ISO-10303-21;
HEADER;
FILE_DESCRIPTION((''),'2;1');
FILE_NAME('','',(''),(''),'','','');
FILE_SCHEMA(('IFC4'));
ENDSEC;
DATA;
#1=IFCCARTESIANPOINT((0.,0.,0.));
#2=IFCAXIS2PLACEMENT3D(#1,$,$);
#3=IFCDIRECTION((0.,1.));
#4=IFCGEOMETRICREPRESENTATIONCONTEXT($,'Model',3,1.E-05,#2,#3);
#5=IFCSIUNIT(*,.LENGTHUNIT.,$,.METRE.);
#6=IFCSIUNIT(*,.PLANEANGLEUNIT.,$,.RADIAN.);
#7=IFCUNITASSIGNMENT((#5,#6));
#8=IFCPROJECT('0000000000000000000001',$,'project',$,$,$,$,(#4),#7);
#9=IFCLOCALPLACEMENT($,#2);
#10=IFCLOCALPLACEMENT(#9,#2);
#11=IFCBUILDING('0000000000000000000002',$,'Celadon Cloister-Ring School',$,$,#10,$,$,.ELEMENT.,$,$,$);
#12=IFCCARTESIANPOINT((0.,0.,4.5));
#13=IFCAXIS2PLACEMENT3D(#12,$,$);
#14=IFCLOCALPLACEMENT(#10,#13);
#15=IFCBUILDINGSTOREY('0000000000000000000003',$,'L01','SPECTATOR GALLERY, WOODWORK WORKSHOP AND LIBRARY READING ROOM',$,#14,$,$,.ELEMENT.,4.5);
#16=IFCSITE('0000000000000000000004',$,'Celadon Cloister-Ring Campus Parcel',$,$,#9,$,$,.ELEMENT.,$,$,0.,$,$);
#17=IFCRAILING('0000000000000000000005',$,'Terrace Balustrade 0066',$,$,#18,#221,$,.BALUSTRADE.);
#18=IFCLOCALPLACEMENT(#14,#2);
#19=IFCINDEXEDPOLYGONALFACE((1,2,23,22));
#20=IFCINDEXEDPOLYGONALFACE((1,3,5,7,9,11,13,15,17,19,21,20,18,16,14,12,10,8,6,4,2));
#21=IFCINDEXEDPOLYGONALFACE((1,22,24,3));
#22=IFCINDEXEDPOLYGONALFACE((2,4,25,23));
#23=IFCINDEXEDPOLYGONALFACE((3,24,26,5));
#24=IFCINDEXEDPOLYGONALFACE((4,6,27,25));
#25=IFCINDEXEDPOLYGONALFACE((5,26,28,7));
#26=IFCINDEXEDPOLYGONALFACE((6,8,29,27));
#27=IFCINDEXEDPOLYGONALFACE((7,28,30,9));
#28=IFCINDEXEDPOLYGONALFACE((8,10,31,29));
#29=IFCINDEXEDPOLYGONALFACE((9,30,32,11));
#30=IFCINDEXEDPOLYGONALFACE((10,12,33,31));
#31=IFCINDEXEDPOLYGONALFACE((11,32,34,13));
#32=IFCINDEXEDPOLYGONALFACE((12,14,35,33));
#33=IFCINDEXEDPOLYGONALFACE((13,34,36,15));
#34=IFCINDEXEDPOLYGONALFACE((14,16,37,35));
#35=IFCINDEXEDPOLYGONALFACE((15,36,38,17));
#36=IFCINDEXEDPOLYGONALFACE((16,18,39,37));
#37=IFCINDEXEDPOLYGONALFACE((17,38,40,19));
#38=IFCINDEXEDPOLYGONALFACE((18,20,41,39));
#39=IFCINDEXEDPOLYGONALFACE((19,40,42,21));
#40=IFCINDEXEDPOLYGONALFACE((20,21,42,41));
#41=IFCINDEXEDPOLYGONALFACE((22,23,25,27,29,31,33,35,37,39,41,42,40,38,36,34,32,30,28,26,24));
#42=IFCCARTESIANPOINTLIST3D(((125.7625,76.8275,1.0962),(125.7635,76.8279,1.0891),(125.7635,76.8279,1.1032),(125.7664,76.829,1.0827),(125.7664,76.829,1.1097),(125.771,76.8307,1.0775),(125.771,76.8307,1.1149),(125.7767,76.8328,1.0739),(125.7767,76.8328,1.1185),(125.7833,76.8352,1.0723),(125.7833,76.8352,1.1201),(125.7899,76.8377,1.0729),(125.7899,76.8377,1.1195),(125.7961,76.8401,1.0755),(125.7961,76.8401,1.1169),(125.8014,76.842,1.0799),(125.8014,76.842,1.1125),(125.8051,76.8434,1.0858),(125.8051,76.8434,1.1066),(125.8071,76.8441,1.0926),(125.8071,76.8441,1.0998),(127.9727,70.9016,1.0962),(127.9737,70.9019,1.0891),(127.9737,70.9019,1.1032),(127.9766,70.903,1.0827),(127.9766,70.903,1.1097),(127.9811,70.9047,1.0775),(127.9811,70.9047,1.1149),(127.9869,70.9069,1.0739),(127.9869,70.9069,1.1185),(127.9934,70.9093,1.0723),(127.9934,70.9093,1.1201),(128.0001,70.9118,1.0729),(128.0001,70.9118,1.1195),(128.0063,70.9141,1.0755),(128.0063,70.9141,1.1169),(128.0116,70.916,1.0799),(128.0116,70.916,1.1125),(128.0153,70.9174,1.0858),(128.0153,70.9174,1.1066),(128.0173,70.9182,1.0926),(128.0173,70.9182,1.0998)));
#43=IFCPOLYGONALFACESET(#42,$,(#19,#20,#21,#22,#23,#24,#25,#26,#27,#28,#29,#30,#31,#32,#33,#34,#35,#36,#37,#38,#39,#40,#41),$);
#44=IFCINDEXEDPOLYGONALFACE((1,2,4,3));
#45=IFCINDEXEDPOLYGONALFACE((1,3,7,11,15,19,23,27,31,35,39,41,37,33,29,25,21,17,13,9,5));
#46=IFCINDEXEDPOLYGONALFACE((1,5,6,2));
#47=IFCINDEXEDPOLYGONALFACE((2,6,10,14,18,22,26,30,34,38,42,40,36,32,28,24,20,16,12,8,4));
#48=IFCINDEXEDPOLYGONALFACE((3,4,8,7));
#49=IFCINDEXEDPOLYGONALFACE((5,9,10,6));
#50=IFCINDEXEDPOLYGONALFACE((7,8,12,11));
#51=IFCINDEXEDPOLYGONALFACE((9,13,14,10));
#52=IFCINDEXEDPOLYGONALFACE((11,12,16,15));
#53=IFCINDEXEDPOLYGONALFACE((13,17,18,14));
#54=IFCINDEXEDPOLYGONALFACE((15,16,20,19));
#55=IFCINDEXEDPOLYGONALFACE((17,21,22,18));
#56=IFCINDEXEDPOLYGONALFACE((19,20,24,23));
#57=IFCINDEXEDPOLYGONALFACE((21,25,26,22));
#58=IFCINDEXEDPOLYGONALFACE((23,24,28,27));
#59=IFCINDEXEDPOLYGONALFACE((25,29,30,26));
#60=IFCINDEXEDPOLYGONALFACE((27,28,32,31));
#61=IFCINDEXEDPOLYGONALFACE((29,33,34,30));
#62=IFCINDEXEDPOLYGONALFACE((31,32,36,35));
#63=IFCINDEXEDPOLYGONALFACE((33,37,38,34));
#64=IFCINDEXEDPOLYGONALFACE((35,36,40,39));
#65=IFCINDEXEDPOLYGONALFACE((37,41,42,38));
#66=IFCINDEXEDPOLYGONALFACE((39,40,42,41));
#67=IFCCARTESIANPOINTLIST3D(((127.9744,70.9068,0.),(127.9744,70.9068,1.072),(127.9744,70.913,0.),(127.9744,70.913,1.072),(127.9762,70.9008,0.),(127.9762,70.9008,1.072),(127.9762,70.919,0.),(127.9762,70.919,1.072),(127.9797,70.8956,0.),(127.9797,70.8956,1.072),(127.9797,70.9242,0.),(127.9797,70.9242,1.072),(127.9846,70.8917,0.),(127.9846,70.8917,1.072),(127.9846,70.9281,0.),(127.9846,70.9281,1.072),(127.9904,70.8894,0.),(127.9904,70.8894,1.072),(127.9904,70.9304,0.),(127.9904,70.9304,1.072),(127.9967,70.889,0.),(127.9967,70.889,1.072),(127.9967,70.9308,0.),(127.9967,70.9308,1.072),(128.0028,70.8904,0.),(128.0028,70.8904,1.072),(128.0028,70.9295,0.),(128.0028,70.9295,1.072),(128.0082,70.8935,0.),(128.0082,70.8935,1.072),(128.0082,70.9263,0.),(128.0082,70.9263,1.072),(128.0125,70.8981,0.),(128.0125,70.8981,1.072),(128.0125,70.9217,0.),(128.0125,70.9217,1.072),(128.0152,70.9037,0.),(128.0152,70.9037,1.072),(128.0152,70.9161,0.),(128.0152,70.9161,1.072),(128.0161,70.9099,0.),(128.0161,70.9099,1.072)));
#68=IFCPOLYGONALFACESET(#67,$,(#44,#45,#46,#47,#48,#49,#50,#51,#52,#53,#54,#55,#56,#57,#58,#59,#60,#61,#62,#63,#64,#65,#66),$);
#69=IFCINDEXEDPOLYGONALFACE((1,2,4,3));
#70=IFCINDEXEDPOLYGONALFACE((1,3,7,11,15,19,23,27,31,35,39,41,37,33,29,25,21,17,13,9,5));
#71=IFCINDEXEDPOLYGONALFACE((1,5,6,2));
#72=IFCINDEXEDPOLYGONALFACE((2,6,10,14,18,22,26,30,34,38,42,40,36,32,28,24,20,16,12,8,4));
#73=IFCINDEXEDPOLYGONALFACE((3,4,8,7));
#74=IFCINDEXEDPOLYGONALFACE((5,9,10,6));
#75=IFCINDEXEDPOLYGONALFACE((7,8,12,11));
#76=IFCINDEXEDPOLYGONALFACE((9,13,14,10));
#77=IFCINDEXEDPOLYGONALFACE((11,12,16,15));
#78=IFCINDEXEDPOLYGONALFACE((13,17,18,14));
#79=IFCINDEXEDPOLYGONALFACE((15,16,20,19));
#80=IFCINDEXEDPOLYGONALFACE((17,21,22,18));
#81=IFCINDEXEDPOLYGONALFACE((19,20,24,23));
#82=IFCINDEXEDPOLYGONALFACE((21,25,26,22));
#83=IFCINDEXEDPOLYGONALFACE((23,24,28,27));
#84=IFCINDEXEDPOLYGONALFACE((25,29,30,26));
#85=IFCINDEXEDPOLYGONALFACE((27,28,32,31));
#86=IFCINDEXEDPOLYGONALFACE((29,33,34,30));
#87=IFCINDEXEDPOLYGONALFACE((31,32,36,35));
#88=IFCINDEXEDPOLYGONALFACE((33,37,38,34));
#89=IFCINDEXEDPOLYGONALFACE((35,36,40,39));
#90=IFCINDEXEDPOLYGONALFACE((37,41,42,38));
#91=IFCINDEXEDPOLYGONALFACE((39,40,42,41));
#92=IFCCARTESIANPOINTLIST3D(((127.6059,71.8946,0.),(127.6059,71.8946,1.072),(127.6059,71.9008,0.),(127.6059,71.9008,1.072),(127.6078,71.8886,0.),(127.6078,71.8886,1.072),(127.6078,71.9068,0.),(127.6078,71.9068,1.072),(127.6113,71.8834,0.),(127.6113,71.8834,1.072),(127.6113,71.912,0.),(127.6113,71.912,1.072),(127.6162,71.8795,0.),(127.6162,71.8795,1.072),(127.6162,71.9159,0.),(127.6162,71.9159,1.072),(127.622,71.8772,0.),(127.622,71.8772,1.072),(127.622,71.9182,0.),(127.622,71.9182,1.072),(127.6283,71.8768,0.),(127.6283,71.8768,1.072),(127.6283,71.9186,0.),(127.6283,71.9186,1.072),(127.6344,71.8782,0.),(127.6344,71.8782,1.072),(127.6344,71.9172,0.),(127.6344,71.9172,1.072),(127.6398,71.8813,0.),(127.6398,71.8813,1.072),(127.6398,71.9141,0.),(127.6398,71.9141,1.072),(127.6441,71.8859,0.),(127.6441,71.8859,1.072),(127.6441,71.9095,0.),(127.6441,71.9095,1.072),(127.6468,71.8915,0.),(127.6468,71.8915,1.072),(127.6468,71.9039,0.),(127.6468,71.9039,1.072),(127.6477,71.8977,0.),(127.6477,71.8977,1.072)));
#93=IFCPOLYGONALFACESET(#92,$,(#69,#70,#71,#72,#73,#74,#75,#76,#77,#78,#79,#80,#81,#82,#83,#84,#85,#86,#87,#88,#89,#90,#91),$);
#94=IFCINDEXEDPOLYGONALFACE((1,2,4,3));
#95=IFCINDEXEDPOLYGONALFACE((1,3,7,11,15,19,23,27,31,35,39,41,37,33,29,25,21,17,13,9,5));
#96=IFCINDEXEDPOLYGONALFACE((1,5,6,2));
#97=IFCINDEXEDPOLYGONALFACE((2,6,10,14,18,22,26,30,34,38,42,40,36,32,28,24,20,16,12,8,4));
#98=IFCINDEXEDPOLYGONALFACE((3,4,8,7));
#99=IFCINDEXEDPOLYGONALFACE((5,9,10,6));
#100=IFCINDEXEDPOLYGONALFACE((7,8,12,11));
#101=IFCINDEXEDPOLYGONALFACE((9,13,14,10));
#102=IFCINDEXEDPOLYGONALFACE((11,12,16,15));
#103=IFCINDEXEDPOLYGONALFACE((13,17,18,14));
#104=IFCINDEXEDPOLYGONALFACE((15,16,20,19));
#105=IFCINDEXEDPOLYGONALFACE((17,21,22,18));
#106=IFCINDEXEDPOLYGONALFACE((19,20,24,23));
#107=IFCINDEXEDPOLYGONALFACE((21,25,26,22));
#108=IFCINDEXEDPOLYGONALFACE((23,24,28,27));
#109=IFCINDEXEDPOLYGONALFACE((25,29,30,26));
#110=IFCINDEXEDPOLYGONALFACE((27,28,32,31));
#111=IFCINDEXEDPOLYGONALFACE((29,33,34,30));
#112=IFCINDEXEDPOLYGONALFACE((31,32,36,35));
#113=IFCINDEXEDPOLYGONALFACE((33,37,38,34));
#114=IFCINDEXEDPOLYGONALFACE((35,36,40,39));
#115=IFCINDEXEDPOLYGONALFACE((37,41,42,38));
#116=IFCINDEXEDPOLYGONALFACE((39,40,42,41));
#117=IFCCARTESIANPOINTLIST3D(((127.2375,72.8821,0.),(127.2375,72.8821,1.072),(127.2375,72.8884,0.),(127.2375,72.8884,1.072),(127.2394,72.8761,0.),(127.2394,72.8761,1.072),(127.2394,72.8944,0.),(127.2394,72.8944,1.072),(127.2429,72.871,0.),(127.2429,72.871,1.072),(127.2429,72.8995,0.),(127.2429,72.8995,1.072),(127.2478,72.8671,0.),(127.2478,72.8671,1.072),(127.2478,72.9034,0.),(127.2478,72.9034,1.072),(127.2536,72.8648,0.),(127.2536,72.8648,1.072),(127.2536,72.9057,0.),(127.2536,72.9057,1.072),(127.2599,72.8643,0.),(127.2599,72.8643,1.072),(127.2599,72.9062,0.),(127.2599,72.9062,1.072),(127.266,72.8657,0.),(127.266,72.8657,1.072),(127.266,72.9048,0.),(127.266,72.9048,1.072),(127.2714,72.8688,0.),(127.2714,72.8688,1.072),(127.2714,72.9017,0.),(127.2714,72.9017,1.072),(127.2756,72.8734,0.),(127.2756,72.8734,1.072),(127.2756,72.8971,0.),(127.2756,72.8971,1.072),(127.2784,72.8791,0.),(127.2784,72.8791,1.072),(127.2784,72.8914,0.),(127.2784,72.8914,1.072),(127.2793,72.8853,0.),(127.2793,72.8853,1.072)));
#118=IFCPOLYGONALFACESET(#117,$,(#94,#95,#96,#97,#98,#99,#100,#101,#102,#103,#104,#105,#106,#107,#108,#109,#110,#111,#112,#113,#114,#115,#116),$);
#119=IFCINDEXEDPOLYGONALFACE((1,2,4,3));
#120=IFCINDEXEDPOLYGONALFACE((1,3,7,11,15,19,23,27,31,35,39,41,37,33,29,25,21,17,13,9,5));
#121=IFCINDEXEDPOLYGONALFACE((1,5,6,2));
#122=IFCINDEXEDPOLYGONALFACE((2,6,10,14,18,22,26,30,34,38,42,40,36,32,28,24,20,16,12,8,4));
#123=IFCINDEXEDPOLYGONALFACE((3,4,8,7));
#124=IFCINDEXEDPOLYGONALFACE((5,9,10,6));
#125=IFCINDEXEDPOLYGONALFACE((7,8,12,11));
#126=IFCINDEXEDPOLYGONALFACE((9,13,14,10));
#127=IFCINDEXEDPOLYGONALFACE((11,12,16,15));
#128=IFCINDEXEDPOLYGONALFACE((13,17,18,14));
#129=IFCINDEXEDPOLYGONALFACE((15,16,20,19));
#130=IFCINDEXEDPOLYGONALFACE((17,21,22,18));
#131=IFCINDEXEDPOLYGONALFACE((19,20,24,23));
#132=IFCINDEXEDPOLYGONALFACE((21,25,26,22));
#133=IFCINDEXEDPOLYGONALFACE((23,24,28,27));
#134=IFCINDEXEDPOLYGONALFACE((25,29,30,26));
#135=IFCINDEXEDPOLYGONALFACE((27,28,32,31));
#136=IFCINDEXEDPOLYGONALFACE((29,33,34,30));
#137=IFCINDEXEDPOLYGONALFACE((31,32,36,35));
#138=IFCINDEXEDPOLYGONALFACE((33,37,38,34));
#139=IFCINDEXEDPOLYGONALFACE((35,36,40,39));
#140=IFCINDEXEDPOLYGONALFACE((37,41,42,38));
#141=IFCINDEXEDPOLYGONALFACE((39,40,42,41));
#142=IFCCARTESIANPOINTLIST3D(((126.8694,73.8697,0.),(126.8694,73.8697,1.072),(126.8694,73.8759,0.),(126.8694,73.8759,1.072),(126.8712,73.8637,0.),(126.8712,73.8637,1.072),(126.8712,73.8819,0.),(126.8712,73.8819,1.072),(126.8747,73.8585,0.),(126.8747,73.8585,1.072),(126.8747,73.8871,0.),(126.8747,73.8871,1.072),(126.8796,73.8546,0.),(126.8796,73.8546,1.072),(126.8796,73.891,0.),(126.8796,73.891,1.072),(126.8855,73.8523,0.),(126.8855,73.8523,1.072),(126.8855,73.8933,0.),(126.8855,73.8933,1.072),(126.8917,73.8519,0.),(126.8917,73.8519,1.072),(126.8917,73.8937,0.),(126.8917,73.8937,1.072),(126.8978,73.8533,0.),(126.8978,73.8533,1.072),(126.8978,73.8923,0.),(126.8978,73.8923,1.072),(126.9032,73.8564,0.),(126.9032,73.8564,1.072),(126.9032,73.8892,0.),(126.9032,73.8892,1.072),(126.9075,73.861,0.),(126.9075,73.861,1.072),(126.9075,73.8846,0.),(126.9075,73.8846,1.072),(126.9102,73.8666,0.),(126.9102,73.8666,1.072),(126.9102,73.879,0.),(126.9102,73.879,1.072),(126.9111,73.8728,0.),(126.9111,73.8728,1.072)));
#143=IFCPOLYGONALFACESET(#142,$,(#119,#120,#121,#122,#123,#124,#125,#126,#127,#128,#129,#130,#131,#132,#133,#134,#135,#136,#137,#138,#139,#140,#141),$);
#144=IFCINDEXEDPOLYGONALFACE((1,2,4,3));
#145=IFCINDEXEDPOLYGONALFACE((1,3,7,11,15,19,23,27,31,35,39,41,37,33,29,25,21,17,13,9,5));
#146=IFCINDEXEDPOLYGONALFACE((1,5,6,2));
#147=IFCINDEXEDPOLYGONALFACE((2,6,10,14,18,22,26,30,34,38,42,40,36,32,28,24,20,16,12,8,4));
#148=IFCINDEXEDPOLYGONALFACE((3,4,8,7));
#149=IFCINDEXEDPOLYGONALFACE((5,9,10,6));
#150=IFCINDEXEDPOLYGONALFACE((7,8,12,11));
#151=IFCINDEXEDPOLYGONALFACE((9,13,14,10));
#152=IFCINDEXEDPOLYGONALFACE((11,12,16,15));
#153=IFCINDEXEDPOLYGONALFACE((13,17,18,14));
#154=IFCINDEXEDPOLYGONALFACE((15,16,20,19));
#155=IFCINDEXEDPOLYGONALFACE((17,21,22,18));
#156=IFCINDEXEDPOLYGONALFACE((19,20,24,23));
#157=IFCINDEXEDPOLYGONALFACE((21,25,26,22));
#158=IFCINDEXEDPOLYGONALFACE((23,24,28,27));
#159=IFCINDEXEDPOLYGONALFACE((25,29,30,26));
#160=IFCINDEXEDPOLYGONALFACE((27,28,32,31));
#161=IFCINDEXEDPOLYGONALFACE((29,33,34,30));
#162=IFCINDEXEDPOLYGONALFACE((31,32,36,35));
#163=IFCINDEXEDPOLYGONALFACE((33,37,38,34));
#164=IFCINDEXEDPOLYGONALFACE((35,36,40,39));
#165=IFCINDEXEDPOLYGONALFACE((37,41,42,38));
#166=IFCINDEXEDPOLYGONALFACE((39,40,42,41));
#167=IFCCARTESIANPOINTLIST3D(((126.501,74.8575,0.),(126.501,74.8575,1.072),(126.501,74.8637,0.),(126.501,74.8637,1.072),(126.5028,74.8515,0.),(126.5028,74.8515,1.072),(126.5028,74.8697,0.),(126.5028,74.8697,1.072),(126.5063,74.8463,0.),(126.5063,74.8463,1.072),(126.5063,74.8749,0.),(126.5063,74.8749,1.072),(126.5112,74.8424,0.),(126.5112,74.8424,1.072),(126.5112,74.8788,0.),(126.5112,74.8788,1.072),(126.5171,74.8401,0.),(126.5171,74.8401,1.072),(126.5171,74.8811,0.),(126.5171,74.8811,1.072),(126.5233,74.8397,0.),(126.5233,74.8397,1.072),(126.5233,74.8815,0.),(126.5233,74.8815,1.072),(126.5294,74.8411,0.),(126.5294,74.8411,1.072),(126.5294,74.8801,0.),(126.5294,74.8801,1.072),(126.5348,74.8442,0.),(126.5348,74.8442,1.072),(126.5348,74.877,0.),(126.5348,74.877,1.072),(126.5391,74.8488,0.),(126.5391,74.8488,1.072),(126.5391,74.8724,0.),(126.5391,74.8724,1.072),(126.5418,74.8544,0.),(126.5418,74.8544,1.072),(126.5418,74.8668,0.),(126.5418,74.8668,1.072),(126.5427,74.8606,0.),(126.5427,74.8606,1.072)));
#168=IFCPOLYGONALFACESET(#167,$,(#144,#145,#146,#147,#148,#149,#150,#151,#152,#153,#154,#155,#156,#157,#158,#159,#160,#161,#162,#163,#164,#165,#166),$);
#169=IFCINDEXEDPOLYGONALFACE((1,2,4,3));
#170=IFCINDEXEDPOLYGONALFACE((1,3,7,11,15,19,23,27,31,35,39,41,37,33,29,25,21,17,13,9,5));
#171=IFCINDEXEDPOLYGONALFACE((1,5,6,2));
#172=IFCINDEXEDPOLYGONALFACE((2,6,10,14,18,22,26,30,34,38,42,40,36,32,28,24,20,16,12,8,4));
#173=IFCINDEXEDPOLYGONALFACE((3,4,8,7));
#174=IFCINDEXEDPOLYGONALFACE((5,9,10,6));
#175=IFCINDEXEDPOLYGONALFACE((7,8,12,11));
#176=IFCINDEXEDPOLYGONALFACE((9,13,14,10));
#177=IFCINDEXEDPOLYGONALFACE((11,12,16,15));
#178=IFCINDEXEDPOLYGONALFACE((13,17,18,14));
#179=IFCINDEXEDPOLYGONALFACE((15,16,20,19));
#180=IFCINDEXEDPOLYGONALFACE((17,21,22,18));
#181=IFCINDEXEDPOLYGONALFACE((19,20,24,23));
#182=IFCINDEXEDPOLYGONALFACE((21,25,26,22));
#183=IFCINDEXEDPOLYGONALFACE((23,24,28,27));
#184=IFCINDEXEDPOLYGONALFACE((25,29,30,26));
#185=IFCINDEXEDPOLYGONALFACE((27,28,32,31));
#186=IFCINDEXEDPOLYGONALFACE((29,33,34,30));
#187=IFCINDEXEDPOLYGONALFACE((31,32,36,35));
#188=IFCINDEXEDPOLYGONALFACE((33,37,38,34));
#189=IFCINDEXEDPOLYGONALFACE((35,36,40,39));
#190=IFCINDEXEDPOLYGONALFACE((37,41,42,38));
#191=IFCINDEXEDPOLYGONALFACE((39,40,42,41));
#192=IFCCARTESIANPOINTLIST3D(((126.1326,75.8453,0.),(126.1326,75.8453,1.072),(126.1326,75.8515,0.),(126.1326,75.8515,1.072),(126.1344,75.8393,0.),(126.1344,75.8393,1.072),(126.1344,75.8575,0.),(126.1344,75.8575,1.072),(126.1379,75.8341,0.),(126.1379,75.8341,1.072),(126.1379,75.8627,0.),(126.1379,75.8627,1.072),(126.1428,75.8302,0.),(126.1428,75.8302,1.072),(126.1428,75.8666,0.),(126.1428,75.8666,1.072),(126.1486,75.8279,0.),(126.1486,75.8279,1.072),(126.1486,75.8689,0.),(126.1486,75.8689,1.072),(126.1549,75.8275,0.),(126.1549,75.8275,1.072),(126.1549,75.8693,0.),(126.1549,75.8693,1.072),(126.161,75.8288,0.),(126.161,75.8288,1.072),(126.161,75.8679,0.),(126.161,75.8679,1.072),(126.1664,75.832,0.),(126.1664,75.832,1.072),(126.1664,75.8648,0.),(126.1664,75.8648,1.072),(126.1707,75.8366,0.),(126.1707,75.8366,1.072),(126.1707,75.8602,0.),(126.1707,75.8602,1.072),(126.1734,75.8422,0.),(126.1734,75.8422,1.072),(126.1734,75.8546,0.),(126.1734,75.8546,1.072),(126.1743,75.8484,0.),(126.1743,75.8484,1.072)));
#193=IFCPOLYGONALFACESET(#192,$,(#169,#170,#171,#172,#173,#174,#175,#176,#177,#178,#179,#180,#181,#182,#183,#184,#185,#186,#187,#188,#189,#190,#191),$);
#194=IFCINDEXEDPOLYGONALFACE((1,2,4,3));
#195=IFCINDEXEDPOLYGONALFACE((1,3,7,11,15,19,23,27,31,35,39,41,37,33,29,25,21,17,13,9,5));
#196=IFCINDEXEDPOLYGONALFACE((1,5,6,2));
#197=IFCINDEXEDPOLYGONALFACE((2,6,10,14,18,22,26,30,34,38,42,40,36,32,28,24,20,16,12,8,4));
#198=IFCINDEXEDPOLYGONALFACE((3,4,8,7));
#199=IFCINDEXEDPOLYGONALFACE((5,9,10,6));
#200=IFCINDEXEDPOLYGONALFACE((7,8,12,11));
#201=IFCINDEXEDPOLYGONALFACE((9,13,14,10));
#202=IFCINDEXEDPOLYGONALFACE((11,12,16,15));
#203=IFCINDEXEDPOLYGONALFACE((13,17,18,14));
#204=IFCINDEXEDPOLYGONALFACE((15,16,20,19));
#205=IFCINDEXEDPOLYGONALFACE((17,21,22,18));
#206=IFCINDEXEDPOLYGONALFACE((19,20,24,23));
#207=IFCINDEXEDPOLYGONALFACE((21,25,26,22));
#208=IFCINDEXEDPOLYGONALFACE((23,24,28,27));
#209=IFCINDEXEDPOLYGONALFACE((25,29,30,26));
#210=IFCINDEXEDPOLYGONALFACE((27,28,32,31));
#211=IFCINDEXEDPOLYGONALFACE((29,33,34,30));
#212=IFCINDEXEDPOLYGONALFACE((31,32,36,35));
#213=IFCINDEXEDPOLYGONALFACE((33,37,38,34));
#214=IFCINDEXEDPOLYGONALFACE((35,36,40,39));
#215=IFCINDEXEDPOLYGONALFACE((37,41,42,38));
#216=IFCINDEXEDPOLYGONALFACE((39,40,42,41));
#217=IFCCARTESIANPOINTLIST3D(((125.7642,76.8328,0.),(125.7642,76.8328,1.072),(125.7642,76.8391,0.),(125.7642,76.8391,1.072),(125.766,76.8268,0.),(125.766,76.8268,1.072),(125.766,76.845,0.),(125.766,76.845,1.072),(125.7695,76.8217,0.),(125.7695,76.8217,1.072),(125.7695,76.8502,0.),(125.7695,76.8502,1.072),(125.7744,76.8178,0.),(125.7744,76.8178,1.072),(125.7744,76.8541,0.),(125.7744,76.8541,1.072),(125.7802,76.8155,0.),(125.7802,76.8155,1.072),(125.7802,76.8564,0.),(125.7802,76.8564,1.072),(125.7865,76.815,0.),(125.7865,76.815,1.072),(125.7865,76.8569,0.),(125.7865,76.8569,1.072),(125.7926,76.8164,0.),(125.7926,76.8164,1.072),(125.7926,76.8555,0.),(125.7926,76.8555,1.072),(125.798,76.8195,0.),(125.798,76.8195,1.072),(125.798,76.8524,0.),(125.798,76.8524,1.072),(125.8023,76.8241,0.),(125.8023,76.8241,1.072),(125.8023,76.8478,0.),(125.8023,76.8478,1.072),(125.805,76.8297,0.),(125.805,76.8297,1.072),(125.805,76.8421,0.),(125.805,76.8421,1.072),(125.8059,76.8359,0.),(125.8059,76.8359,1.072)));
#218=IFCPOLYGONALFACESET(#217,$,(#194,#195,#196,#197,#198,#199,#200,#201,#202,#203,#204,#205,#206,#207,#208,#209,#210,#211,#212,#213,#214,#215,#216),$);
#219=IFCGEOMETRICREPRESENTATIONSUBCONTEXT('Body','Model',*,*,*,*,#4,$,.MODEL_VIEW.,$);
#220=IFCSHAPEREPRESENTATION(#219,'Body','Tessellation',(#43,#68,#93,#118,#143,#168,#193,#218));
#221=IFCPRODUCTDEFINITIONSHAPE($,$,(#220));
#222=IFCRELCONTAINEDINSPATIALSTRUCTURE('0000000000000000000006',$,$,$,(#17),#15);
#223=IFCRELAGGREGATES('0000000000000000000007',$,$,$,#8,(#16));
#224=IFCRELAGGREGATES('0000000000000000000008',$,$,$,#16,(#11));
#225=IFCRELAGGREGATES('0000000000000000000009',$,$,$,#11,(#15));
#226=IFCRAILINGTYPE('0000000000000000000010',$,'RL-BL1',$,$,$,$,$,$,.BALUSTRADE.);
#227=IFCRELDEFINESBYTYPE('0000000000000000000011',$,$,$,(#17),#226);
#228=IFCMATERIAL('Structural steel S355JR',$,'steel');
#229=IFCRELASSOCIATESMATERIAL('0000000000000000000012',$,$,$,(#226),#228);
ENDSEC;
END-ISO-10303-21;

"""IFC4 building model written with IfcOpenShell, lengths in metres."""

from ifc_helpers import new_model, si_unit, direction, frame, origin, origin_2d, place, context, subcontext, project, spatial, circle, extrude, material, type_object, element, save


model = new_model("IFC4")

# Units and contexts
model_context = context("Model", 3, precision=1e-05, world=origin(), true_north=direction((0.0, 1.0)))
body_context = subcontext(model_context, "Body", "Model", "MODEL_VIEW")
ifc_project = project(units=[si_unit("LENGTHUNIT", "METRE"), si_unit("PLANEANGLEUNIT", "RADIAN")], contexts=[model_context])

# Site, building, storey
site_placement = place(None, origin())
site = spatial("IfcSite", under=ifc_project, at=site_placement, Name="Celadon Cloister-Ring Campus Parcel", CompositionType="ELEMENT", RefElevation=0.0)
building_placement = place(site_placement, origin())
building = spatial("IfcBuilding", under=site, at=building_placement, Name="Celadon Cloister-Ring School", CompositionType="ELEMENT")
storey_placement = place(building_placement, frame((0.0, 0.0, 4.5)))
storey = spatial("IfcBuildingStorey", under=building, at=storey_placement, Name="L01", Description="SPECTATOR GALLERY, WOODWORK WORKSHOP AND LIBRARY READING ROOM", CompositionType="ELEMENT", Elevation=4.5)

# Railing
ifc_material_1 = material(Name="Structural steel S355JR", Category="steel")
railing_type = type_object("IfcRailingType", Name="RL-BL1", PredefinedType="BALUSTRADE", material=ifc_material_1)
railing_1_placement = place(storey_placement, frame((127.9951, 70.9099, 0.0)))
element("IfcRailing", 1, at=railing_1_placement, inside=storey, type_object=railing_type, Name="Terrace Balustrade 0066", PredefinedType="BALUSTRADE", context=body_context, shape_type="SweptSolid", body=[
    extrude(circle(Radius=0.0239, at=origin_2d()), frame((0.0, 0.0, 1.0962), z_axis=(-0.349452, 0.936954, 0.0), x_axis=(-0.936954, -0.349452, 0.0)), (0.0, 0.0, 1.0), 6.3247),
    extrude(circle(Radius=0.021, at=origin_2d()), origin(), (0.0, 0.0, 1.0), 1.072),
    extrude(circle(Radius=0.021, at=origin_2d()), frame((-0.3684, 0.9878, 0.0)), (0.0, 0.0, 1.0), 1.072),
    extrude(circle(Radius=0.021, at=origin_2d()), frame((-0.7368, 1.9753, 0.0)), (0.0, 0.0, 1.0), 1.072),
    extrude(circle(Radius=0.021, at=origin_2d()), frame((-1.105, 2.9629, 0.0)), (0.0, 0.0, 1.0), 1.072),
    extrude(circle(Radius=0.021, at=origin_2d()), frame((-1.4734, 3.9507, 0.0)), (0.0, 0.0, 1.0), 1.072),
    extrude(circle(Radius=0.021, at=origin_2d()), frame((-1.8418, 4.9385, 0.0)), (0.0, 0.0, 1.0), 1.072),
    extrude(circle(Radius=0.021, at=origin_2d()), frame((-2.2102, 5.926, 0.0)), (0.0, 0.0, 1.0), 1.072),
])

save(model, "model.ifc")
